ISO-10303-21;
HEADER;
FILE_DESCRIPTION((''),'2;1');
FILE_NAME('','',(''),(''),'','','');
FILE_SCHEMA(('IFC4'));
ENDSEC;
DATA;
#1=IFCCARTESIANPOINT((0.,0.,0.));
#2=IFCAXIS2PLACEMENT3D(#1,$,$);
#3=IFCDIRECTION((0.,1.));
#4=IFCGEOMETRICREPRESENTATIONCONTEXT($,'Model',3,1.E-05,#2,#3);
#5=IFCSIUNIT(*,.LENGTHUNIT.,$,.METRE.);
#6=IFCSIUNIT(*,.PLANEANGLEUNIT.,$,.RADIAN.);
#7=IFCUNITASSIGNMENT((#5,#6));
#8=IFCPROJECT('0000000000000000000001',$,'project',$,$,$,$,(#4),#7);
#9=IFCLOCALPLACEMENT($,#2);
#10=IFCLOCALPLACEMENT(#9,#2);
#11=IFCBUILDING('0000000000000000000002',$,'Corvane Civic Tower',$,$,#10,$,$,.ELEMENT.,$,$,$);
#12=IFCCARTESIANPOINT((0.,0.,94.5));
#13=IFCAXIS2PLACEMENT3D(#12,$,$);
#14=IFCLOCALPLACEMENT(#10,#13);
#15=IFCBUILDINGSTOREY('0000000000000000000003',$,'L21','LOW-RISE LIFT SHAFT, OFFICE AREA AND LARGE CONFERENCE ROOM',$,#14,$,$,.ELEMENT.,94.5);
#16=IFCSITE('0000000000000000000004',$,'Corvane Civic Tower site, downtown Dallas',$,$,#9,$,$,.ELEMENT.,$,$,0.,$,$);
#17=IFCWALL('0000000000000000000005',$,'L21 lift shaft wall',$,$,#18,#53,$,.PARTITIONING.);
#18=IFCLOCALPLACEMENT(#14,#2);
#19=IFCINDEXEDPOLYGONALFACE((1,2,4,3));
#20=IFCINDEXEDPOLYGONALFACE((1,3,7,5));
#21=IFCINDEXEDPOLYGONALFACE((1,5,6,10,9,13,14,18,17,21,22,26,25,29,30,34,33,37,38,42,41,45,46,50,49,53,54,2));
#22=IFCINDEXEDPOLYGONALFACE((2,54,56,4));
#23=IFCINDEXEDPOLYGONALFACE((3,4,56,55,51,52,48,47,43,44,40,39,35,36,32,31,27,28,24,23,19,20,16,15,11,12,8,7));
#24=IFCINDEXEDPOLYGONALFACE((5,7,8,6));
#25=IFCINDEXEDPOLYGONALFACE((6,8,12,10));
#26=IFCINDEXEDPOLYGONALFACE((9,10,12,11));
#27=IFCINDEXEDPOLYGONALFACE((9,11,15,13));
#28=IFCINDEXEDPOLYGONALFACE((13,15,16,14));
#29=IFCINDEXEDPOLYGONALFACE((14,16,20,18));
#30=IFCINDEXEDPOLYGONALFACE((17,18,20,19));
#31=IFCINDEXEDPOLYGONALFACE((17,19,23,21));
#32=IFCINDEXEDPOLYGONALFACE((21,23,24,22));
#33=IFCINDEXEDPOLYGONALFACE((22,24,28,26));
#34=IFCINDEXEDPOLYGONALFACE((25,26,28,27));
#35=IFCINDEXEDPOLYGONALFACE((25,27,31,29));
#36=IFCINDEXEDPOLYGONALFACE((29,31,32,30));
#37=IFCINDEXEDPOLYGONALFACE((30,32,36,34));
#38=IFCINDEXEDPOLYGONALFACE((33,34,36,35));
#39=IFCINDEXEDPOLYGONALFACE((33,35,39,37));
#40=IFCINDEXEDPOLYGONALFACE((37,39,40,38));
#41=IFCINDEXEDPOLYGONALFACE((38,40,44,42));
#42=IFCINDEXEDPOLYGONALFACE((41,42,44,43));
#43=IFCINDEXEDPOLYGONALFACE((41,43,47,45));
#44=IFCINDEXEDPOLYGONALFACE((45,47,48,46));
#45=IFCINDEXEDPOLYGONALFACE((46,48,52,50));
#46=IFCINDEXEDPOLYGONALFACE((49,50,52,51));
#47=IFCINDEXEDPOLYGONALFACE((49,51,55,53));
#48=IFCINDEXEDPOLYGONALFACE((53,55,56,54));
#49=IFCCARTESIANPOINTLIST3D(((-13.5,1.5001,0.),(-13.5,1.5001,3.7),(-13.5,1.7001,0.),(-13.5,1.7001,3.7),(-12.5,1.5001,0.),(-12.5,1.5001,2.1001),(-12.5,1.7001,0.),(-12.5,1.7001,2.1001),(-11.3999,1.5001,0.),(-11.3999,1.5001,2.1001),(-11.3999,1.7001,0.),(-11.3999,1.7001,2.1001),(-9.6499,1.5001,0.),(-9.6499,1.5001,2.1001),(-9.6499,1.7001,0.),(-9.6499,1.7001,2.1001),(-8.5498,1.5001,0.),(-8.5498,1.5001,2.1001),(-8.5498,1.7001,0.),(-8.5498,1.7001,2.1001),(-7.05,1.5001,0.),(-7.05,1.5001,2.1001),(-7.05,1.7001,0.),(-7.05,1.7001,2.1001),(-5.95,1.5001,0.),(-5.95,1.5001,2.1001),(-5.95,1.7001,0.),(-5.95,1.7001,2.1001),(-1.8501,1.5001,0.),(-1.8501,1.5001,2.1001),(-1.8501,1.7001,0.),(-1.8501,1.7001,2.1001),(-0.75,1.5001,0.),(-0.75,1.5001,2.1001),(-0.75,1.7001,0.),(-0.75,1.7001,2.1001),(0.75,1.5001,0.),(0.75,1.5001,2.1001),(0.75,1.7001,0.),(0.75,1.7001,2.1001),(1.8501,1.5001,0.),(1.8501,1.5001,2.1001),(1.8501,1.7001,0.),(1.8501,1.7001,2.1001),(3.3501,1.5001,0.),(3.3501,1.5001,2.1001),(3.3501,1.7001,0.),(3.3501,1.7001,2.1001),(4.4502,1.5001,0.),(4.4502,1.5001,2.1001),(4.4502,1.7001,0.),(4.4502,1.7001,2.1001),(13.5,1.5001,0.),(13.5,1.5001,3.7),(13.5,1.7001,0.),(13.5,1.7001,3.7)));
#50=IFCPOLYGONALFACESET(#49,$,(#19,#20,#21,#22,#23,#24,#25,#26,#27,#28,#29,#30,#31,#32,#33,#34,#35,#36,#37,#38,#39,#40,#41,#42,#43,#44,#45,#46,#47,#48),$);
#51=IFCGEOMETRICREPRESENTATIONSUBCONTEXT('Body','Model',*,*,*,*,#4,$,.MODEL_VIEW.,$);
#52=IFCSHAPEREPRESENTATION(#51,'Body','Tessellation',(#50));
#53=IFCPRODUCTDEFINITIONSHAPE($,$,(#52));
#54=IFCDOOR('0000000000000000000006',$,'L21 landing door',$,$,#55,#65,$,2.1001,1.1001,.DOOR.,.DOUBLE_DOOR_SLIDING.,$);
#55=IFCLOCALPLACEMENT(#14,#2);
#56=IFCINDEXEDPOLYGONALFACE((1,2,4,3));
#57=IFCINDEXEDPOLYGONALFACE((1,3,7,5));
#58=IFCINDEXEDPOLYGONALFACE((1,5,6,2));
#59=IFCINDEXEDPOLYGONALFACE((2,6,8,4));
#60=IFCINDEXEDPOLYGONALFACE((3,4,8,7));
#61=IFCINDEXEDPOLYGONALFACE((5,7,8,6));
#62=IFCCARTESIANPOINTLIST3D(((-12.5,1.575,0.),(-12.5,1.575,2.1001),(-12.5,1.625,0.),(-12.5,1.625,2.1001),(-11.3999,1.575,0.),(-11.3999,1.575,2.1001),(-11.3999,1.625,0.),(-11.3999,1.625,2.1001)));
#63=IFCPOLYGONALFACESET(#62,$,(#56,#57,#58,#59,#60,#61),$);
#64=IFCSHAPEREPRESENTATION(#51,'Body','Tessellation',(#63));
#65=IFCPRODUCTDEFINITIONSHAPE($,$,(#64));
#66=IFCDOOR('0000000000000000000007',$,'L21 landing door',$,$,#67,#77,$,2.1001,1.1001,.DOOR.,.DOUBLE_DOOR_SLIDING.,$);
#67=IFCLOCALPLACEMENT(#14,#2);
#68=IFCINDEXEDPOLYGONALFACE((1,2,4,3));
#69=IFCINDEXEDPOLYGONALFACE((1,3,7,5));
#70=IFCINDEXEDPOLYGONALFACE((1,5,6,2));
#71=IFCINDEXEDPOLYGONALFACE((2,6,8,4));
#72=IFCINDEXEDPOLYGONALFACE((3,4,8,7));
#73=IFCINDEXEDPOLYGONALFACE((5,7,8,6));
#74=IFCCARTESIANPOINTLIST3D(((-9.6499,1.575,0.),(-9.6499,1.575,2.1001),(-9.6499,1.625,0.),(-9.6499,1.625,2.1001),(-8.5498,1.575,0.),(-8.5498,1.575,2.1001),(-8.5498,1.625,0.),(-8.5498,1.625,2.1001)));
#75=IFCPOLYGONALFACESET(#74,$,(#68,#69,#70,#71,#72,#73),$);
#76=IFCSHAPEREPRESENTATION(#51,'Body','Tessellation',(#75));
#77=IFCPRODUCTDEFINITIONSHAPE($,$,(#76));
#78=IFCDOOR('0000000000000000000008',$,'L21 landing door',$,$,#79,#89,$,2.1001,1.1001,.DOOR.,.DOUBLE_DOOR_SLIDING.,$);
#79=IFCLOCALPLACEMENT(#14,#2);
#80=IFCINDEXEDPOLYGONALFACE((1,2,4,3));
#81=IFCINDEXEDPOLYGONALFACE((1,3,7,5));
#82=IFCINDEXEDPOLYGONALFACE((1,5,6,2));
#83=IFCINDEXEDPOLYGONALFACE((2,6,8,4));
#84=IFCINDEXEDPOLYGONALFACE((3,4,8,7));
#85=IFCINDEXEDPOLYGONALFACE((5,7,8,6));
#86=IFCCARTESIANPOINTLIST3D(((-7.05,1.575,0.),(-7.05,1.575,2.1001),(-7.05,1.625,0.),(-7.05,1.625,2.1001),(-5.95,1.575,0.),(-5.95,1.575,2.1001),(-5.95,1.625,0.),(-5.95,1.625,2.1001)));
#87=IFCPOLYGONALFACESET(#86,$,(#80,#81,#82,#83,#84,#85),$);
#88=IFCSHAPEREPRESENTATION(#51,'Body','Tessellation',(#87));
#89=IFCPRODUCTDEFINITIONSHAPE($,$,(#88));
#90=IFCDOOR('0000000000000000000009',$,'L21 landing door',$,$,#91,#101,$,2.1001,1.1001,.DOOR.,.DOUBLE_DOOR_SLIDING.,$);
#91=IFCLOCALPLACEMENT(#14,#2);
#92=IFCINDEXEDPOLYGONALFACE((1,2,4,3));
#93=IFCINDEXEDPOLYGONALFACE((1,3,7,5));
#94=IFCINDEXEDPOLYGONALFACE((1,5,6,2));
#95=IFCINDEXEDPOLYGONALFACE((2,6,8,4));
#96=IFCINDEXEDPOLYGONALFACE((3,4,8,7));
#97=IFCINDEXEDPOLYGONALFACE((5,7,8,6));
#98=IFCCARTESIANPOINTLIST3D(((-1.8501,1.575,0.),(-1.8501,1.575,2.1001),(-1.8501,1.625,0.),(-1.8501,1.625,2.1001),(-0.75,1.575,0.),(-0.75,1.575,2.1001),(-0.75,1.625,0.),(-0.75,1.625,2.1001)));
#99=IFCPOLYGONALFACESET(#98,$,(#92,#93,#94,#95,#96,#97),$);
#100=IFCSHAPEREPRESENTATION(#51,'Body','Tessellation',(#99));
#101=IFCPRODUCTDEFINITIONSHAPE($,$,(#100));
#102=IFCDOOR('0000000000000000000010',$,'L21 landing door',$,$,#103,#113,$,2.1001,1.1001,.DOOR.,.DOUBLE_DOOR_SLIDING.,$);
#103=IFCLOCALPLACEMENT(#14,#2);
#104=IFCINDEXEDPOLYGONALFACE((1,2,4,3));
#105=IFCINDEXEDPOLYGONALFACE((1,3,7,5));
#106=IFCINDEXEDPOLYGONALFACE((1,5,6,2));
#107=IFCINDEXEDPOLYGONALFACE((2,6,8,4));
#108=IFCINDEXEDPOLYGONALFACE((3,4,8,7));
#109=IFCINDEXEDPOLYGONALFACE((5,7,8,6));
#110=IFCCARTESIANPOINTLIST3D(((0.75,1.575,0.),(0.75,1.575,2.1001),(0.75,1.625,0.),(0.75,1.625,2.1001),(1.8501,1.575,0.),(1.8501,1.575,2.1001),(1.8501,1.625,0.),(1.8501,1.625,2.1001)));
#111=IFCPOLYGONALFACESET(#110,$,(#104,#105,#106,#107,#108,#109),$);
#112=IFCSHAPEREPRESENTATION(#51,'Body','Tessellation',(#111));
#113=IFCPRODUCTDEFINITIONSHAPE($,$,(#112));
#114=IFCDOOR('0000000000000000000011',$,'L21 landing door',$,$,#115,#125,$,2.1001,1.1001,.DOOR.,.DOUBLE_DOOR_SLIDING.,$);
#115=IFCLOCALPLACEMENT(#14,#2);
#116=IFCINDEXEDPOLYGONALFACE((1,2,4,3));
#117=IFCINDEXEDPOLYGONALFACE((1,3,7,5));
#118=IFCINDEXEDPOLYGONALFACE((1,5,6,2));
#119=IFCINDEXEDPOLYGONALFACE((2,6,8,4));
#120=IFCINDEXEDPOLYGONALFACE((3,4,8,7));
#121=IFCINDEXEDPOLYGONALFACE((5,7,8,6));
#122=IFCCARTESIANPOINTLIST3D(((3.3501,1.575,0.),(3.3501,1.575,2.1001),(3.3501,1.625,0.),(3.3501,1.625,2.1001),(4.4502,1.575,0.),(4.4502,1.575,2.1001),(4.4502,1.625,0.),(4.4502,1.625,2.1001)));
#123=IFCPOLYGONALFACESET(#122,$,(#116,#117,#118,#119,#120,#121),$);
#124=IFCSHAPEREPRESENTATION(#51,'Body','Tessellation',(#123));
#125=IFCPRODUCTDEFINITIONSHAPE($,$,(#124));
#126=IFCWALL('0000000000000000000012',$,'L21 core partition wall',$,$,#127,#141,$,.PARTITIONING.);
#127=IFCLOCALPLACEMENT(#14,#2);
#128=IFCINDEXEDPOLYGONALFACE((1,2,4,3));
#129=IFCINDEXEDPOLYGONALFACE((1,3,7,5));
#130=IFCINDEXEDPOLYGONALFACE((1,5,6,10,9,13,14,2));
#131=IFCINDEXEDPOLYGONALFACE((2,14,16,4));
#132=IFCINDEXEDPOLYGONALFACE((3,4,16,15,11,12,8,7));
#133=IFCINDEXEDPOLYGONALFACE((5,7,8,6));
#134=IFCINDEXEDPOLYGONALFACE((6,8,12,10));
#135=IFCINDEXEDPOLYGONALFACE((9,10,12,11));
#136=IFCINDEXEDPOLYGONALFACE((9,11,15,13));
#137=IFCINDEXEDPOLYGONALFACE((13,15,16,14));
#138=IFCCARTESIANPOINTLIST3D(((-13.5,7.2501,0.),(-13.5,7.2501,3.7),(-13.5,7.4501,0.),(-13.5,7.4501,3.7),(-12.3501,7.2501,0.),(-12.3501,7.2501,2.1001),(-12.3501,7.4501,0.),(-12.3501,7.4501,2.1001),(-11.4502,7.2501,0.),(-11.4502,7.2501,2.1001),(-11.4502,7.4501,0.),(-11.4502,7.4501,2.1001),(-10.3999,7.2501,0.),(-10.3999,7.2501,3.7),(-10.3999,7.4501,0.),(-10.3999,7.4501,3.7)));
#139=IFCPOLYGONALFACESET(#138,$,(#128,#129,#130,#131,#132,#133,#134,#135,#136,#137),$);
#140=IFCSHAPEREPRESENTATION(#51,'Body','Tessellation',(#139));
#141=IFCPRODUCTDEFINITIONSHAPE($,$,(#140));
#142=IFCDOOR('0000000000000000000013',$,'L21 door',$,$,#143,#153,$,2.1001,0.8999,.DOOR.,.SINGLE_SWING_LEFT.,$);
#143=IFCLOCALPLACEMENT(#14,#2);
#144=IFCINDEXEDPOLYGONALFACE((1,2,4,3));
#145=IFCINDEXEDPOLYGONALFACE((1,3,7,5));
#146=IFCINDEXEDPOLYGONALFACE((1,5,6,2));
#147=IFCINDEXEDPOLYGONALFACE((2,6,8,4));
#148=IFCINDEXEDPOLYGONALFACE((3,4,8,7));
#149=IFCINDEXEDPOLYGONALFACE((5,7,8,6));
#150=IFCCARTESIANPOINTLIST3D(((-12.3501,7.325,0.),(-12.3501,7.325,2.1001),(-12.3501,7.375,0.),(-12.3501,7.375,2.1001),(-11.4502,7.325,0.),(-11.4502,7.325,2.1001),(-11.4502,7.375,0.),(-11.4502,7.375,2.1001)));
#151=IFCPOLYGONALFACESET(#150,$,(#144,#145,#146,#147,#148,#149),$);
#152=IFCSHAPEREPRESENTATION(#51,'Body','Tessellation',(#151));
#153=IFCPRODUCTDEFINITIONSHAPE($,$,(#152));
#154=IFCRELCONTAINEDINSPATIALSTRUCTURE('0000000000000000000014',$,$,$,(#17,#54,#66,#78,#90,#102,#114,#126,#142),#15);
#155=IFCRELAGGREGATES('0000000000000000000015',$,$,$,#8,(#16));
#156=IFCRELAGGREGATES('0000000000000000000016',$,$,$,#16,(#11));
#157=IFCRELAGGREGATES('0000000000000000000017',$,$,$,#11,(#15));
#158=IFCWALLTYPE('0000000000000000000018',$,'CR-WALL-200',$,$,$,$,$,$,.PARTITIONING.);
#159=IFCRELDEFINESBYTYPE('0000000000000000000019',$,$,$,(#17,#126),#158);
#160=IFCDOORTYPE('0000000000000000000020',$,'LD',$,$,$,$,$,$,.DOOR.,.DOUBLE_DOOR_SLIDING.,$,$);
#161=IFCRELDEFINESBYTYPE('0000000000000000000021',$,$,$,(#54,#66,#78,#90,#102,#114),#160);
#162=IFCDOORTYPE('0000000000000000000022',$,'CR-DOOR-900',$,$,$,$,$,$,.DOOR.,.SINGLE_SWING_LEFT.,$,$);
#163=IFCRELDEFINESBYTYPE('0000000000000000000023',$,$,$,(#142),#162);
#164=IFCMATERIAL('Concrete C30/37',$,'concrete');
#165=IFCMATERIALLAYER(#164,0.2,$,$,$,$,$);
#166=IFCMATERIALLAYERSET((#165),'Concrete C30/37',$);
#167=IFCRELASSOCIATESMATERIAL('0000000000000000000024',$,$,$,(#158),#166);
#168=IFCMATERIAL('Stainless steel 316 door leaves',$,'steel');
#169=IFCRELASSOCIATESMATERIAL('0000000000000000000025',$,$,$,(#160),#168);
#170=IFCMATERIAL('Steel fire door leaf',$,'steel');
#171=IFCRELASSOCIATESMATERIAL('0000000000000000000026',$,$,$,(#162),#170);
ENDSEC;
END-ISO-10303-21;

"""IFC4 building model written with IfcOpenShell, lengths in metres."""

from ifc_helpers import new_model, si_unit, direction, frame, frame_2d, origin, place, context, subcontext, project, spatial, rectangle, extrude, material, layer, layer_set, type_object, element, fill, save


model = new_model("IFC4")

# Units and contexts
model_context = context("Model", 3, precision=1e-05, world=origin(), true_north=direction((0.0, 1.0)))
body_context = subcontext(model_context, "Body", "Model", "MODEL_VIEW")
ifc_project = project(units=[si_unit("LENGTHUNIT", "METRE"), si_unit("PLANEANGLEUNIT", "RADIAN")], contexts=[model_context])

# Site, building, storey
site_placement = place(None, origin())
site = spatial("IfcSite", under=ifc_project, at=site_placement, Name="Corvane Civic Tower site, downtown Dallas", CompositionType="ELEMENT", RefElevation=0.0)
building_placement = place(site_placement, origin())
building = spatial("IfcBuilding", under=site, at=building_placement, Name="Corvane Civic Tower", CompositionType="ELEMENT")
storey_placement = place(building_placement, frame((0.0, 0.0, 94.5)))
storey = spatial("IfcBuildingStorey", under=building, at=storey_placement, Name="L21", Description="LOW-RISE LIFT SHAFT, OFFICE AREA AND LARGE CONFERENCE ROOM", CompositionType="ELEMENT", Elevation=94.5)

# Wall, openings, doors
ifc_material_1 = material(Name="Concrete C30/37", Category="concrete")
ifc_layer_1 = layer(ifc_material_1, 0.2)
ifc_layer_set_1 = layer_set([ifc_layer_1], Name="Concrete C30/37")
wall_type_1 = type_object("IfcWallType", Name="CR-WALL-200", PredefinedType="PARTITIONING", material=ifc_layer_set_1)
wall_1_placement = place(storey_placement, frame((-13.5, 1.6001, 0.0), z_axis=(0.0, 0.0, 1.0), x_axis=(1.0, 0.0, 0.0)))
wall_1 = element("IfcWall", 1, at=wall_1_placement, inside=storey, type_object=wall_type_1, Name="L21 lift shaft wall", PredefinedType="PARTITIONING", context=body_context, shape_type="SweptSolid", body=[
    extrude(rectangle(XDim=27.0, YDim=0.2, at=frame_2d((13.5, 0.0))), origin(), (0.0, 0.0, 1.0), 3.7),
])
opening_1_placement = place(wall_1_placement, frame((1.0, 0.0, 0.0)))
opening_1 = element("IfcOpeningElement", 2, at=opening_1_placement, cuts=wall_1, PredefinedType="OPENING", context=body_context, shape_type="SweptSolid", body=[
    extrude(rectangle(XDim=1.1001, YDim=2.1001, at=frame_2d((0.55, 1.05))), frame((0.0, 0.1099, 0.0), z_axis=(0.0, -1.0, 0.0), x_axis=(1.0, 0.0, 0.0)), (0.0, 0.0, 1.0), 0.22),
])
opening_2_placement = place(wall_1_placement, frame((3.8501, 0.0, 0.0)))
opening_2 = element("IfcOpeningElement", 3, at=opening_2_placement, cuts=wall_1, PredefinedType="OPENING", context=body_context, shape_type="SweptSolid", body=[
    extrude(rectangle(XDim=1.1001, YDim=2.1001, at=frame_2d((0.55, 1.05))), frame((0.0, 0.1099, 0.0), z_axis=(0.0, -1.0, 0.0), x_axis=(1.0, 0.0, 0.0)), (0.0, 0.0, 1.0), 0.22),
])
opening_3_placement = place(wall_1_placement, frame((6.45, 0.0, 0.0)))
opening_3 = element("IfcOpeningElement", 4, at=opening_3_placement, cuts=wall_1, PredefinedType="OPENING", context=body_context, shape_type="SweptSolid", body=[
    extrude(rectangle(XDim=1.1001, YDim=2.1001, at=frame_2d((0.55, 1.05))), frame((0.0, 0.1099, 0.0), z_axis=(0.0, -1.0, 0.0), x_axis=(1.0, 0.0, 0.0)), (0.0, 0.0, 1.0), 0.22),
])
opening_4_placement = place(wall_1_placement, frame((11.6499, 0.0, 0.0)))
opening_4 = element("IfcOpeningElement", 5, at=opening_4_placement, cuts=wall_1, PredefinedType="OPENING", context=body_context, shape_type="SweptSolid", body=[
    extrude(rectangle(XDim=1.1001, YDim=2.1001, at=frame_2d((0.55, 1.05))), frame((0.0, 0.1099, 0.0), z_axis=(0.0, -1.0, 0.0), x_axis=(1.0, 0.0, 0.0)), (0.0, 0.0, 1.0), 0.22),
])
opening_5_placement = place(wall_1_placement, frame((14.25, 0.0, 0.0)))
opening_5 = element("IfcOpeningElement", 6, at=opening_5_placement, cuts=wall_1, PredefinedType="OPENING", context=body_context, shape_type="SweptSolid", body=[
    extrude(rectangle(XDim=1.1001, YDim=2.1001, at=frame_2d((0.55, 1.05))), frame((0.0, 0.1099, 0.0), z_axis=(0.0, -1.0, 0.0), x_axis=(1.0, 0.0, 0.0)), (0.0, 0.0, 1.0), 0.22),
])
opening_6_placement = place(wall_1_placement, frame((16.8501, 0.0, 0.0)))
opening_6 = element("IfcOpeningElement", 7, at=opening_6_placement, cuts=wall_1, PredefinedType="OPENING", context=body_context, shape_type="SweptSolid", body=[
    extrude(rectangle(XDim=1.1001, YDim=2.1001, at=frame_2d((0.55, 1.05))), frame((0.0, 0.1099, 0.0), z_axis=(0.0, -1.0, 0.0), x_axis=(1.0, 0.0, 0.0)), (0.0, 0.0, 1.0), 0.22),
])
ifc_material_2 = material(Name="Stainless steel 316 door leaves", Category="steel")
door_type_1 = type_object("IfcDoorType", Name="LD", OperationType="DOUBLE_DOOR_SLIDING", PredefinedType="DOOR", material=ifc_material_2)
door_1_placement = place(opening_1_placement, origin())
door_1 = element("IfcDoor", 8, at=door_1_placement, inside=storey, type_object=door_type_1, Name="L21 landing door", OperationType="DOUBLE_DOOR_SLIDING", OverallHeight=2.1001, OverallWidth=1.1001, PredefinedType="DOOR", context=body_context, shape_type="SweptSolid", body=[
    extrude(rectangle(XDim=1.1001, YDim=2.1001, at=frame_2d((0.55, 1.05))), frame((0.0, 0.0249, 0.0), z_axis=(0.0, -1.0, 0.0), x_axis=(1.0, 0.0, 0.0)), (0.0, 0.0, 1.0), 0.05),
])
fill(opening_1, door_1)
door_2_placement = place(opening_2_placement, origin())
door_2 = element("IfcDoor", 9, at=door_2_placement, inside=storey, type_object=door_type_1, Name="L21 landing door", OperationType="DOUBLE_DOOR_SLIDING", OverallHeight=2.1001, OverallWidth=1.1001, PredefinedType="DOOR", context=body_context, shape_type="SweptSolid", body=[
    extrude(rectangle(XDim=1.1001, YDim=2.1001, at=frame_2d((0.55, 1.05))), frame((0.0, 0.0249, 0.0), z_axis=(0.0, -1.0, 0.0), x_axis=(1.0, 0.0, 0.0)), (0.0, 0.0, 1.0), 0.05),
])
fill(opening_2, door_2)
door_3_placement = place(opening_3_placement, origin())
door_3 = element("IfcDoor", 10, at=door_3_placement, inside=storey, type_object=door_type_1, Name="L21 landing door", OperationType="DOUBLE_DOOR_SLIDING", OverallHeight=2.1001, OverallWidth=1.1001, PredefinedType="DOOR", context=body_context, shape_type="SweptSolid", body=[
    extrude(rectangle(XDim=1.1001, YDim=2.1001, at=frame_2d((0.55, 1.05))), frame((0.0, 0.0249, 0.0), z_axis=(0.0, -1.0, 0.0), x_axis=(1.0, 0.0, 0.0)), (0.0, 0.0, 1.0), 0.05),
])
fill(opening_3, door_3)
door_4_placement = place(opening_4_placement, origin())
door_4 = element("IfcDoor", 11, at=door_4_placement, inside=storey, type_object=door_type_1, Name="L21 landing door", OperationType="DOUBLE_DOOR_SLIDING", OverallHeight=2.1001, OverallWidth=1.1001, PredefinedType="DOOR", context=body_context, shape_type="SweptSolid", body=[
    extrude(rectangle(XDim=1.1001, YDim=2.1001, at=frame_2d((0.55, 1.05))), frame((0.0, 0.0249, 0.0), z_axis=(0.0, -1.0, 0.0), x_axis=(1.0, 0.0, 0.0)), (0.0, 0.0, 1.0), 0.05),
])
fill(opening_4, door_4)
door_5_placement = place(opening_5_placement, origin())
door_5 = element("IfcDoor", 12, at=door_5_placement, inside=storey, type_object=door_type_1, Name="L21 landing door", OperationType="DOUBLE_DOOR_SLIDING", OverallHeight=2.1001, OverallWidth=1.1001, PredefinedType="DOOR", context=body_context, shape_type="SweptSolid", body=[
    extrude(rectangle(XDim=1.1001, YDim=2.1001, at=frame_2d((0.55, 1.05))), frame((0.0, 0.0249, 0.0), z_axis=(0.0, -1.0, 0.0), x_axis=(1.0, 0.0, 0.0)), (0.0, 0.0, 1.0), 0.05),
])
fill(opening_5, door_5)
door_6_placement = place(opening_6_placement, origin())
door_6 = element("IfcDoor", 13, at=door_6_placement, inside=storey, type_object=door_type_1, Name="L21 landing door", OperationType="DOUBLE_DOOR_SLIDING", OverallHeight=2.1001, OverallWidth=1.1001, PredefinedType="DOOR", context=body_context, shape_type="SweptSolid", body=[
    extrude(rectangle(XDim=1.1001, YDim=2.1001, at=frame_2d((0.55, 1.05))), frame((0.0, 0.0249, 0.0), z_axis=(0.0, -1.0, 0.0), x_axis=(1.0, 0.0, 0.0)), (0.0, 0.0, 1.0), 0.05),
])
fill(opening_6, door_6)

# Wall, opening, door
wall_2_placement = place(storey_placement, frame((-13.5, 7.3501, 0.0), z_axis=(0.0, 0.0, 1.0), x_axis=(1.0, 0.0, 0.0)))
wall_2 = element("IfcWall", 14, at=wall_2_placement, inside=storey, type_object=wall_type_1, Name="L21 core partition wall", PredefinedType="PARTITIONING", context=body_context, shape_type="SweptSolid", body=[
    extrude(rectangle(XDim=3.1001, YDim=0.2, at=frame_2d((1.55, 0.0))), origin(), (0.0, 0.0, 1.0), 3.7),
])
opening_7_placement = place(wall_2_placement, frame((1.1499, 0.0, 0.0)))
opening_7 = element("IfcOpeningElement", 15, at=opening_7_placement, cuts=wall_2, PredefinedType="OPENING", context=body_context, shape_type="SweptSolid", body=[
    extrude(rectangle(XDim=0.8999, YDim=2.1001, at=frame_2d((0.45, 1.05))), frame((0.0, 0.1099, 0.0), z_axis=(0.0, -1.0, 0.0), x_axis=(1.0, 0.0, 0.0)), (0.0, 0.0, 1.0), 0.22),
])
ifc_material_3 = material(Name="Steel fire door leaf", Category="steel")
door_type_2 = type_object("IfcDoorType", Name="CR-DOOR-900", OperationType="SINGLE_SWING_LEFT", PredefinedType="DOOR", material=ifc_material_3)
door_7_placement = place(opening_7_placement, origin())
door_7 = element("IfcDoor", 16, at=door_7_placement, inside=storey, type_object=door_type_2, Name="L21 door", OperationType="SINGLE_SWING_LEFT", OverallHeight=2.1001, OverallWidth=0.8999, PredefinedType="DOOR", context=body_context, shape_type="SweptSolid", body=[
    extrude(rectangle(XDim=0.8999, YDim=2.1001, at=frame_2d((0.45, 1.05))), frame((0.0, 0.0249, 0.0), z_axis=(0.0, -1.0, 0.0), x_axis=(1.0, 0.0, 0.0)), (0.0, 0.0, 1.0), 0.05),
])
fill(opening_7, door_7)

save(model, "model.ifc")
